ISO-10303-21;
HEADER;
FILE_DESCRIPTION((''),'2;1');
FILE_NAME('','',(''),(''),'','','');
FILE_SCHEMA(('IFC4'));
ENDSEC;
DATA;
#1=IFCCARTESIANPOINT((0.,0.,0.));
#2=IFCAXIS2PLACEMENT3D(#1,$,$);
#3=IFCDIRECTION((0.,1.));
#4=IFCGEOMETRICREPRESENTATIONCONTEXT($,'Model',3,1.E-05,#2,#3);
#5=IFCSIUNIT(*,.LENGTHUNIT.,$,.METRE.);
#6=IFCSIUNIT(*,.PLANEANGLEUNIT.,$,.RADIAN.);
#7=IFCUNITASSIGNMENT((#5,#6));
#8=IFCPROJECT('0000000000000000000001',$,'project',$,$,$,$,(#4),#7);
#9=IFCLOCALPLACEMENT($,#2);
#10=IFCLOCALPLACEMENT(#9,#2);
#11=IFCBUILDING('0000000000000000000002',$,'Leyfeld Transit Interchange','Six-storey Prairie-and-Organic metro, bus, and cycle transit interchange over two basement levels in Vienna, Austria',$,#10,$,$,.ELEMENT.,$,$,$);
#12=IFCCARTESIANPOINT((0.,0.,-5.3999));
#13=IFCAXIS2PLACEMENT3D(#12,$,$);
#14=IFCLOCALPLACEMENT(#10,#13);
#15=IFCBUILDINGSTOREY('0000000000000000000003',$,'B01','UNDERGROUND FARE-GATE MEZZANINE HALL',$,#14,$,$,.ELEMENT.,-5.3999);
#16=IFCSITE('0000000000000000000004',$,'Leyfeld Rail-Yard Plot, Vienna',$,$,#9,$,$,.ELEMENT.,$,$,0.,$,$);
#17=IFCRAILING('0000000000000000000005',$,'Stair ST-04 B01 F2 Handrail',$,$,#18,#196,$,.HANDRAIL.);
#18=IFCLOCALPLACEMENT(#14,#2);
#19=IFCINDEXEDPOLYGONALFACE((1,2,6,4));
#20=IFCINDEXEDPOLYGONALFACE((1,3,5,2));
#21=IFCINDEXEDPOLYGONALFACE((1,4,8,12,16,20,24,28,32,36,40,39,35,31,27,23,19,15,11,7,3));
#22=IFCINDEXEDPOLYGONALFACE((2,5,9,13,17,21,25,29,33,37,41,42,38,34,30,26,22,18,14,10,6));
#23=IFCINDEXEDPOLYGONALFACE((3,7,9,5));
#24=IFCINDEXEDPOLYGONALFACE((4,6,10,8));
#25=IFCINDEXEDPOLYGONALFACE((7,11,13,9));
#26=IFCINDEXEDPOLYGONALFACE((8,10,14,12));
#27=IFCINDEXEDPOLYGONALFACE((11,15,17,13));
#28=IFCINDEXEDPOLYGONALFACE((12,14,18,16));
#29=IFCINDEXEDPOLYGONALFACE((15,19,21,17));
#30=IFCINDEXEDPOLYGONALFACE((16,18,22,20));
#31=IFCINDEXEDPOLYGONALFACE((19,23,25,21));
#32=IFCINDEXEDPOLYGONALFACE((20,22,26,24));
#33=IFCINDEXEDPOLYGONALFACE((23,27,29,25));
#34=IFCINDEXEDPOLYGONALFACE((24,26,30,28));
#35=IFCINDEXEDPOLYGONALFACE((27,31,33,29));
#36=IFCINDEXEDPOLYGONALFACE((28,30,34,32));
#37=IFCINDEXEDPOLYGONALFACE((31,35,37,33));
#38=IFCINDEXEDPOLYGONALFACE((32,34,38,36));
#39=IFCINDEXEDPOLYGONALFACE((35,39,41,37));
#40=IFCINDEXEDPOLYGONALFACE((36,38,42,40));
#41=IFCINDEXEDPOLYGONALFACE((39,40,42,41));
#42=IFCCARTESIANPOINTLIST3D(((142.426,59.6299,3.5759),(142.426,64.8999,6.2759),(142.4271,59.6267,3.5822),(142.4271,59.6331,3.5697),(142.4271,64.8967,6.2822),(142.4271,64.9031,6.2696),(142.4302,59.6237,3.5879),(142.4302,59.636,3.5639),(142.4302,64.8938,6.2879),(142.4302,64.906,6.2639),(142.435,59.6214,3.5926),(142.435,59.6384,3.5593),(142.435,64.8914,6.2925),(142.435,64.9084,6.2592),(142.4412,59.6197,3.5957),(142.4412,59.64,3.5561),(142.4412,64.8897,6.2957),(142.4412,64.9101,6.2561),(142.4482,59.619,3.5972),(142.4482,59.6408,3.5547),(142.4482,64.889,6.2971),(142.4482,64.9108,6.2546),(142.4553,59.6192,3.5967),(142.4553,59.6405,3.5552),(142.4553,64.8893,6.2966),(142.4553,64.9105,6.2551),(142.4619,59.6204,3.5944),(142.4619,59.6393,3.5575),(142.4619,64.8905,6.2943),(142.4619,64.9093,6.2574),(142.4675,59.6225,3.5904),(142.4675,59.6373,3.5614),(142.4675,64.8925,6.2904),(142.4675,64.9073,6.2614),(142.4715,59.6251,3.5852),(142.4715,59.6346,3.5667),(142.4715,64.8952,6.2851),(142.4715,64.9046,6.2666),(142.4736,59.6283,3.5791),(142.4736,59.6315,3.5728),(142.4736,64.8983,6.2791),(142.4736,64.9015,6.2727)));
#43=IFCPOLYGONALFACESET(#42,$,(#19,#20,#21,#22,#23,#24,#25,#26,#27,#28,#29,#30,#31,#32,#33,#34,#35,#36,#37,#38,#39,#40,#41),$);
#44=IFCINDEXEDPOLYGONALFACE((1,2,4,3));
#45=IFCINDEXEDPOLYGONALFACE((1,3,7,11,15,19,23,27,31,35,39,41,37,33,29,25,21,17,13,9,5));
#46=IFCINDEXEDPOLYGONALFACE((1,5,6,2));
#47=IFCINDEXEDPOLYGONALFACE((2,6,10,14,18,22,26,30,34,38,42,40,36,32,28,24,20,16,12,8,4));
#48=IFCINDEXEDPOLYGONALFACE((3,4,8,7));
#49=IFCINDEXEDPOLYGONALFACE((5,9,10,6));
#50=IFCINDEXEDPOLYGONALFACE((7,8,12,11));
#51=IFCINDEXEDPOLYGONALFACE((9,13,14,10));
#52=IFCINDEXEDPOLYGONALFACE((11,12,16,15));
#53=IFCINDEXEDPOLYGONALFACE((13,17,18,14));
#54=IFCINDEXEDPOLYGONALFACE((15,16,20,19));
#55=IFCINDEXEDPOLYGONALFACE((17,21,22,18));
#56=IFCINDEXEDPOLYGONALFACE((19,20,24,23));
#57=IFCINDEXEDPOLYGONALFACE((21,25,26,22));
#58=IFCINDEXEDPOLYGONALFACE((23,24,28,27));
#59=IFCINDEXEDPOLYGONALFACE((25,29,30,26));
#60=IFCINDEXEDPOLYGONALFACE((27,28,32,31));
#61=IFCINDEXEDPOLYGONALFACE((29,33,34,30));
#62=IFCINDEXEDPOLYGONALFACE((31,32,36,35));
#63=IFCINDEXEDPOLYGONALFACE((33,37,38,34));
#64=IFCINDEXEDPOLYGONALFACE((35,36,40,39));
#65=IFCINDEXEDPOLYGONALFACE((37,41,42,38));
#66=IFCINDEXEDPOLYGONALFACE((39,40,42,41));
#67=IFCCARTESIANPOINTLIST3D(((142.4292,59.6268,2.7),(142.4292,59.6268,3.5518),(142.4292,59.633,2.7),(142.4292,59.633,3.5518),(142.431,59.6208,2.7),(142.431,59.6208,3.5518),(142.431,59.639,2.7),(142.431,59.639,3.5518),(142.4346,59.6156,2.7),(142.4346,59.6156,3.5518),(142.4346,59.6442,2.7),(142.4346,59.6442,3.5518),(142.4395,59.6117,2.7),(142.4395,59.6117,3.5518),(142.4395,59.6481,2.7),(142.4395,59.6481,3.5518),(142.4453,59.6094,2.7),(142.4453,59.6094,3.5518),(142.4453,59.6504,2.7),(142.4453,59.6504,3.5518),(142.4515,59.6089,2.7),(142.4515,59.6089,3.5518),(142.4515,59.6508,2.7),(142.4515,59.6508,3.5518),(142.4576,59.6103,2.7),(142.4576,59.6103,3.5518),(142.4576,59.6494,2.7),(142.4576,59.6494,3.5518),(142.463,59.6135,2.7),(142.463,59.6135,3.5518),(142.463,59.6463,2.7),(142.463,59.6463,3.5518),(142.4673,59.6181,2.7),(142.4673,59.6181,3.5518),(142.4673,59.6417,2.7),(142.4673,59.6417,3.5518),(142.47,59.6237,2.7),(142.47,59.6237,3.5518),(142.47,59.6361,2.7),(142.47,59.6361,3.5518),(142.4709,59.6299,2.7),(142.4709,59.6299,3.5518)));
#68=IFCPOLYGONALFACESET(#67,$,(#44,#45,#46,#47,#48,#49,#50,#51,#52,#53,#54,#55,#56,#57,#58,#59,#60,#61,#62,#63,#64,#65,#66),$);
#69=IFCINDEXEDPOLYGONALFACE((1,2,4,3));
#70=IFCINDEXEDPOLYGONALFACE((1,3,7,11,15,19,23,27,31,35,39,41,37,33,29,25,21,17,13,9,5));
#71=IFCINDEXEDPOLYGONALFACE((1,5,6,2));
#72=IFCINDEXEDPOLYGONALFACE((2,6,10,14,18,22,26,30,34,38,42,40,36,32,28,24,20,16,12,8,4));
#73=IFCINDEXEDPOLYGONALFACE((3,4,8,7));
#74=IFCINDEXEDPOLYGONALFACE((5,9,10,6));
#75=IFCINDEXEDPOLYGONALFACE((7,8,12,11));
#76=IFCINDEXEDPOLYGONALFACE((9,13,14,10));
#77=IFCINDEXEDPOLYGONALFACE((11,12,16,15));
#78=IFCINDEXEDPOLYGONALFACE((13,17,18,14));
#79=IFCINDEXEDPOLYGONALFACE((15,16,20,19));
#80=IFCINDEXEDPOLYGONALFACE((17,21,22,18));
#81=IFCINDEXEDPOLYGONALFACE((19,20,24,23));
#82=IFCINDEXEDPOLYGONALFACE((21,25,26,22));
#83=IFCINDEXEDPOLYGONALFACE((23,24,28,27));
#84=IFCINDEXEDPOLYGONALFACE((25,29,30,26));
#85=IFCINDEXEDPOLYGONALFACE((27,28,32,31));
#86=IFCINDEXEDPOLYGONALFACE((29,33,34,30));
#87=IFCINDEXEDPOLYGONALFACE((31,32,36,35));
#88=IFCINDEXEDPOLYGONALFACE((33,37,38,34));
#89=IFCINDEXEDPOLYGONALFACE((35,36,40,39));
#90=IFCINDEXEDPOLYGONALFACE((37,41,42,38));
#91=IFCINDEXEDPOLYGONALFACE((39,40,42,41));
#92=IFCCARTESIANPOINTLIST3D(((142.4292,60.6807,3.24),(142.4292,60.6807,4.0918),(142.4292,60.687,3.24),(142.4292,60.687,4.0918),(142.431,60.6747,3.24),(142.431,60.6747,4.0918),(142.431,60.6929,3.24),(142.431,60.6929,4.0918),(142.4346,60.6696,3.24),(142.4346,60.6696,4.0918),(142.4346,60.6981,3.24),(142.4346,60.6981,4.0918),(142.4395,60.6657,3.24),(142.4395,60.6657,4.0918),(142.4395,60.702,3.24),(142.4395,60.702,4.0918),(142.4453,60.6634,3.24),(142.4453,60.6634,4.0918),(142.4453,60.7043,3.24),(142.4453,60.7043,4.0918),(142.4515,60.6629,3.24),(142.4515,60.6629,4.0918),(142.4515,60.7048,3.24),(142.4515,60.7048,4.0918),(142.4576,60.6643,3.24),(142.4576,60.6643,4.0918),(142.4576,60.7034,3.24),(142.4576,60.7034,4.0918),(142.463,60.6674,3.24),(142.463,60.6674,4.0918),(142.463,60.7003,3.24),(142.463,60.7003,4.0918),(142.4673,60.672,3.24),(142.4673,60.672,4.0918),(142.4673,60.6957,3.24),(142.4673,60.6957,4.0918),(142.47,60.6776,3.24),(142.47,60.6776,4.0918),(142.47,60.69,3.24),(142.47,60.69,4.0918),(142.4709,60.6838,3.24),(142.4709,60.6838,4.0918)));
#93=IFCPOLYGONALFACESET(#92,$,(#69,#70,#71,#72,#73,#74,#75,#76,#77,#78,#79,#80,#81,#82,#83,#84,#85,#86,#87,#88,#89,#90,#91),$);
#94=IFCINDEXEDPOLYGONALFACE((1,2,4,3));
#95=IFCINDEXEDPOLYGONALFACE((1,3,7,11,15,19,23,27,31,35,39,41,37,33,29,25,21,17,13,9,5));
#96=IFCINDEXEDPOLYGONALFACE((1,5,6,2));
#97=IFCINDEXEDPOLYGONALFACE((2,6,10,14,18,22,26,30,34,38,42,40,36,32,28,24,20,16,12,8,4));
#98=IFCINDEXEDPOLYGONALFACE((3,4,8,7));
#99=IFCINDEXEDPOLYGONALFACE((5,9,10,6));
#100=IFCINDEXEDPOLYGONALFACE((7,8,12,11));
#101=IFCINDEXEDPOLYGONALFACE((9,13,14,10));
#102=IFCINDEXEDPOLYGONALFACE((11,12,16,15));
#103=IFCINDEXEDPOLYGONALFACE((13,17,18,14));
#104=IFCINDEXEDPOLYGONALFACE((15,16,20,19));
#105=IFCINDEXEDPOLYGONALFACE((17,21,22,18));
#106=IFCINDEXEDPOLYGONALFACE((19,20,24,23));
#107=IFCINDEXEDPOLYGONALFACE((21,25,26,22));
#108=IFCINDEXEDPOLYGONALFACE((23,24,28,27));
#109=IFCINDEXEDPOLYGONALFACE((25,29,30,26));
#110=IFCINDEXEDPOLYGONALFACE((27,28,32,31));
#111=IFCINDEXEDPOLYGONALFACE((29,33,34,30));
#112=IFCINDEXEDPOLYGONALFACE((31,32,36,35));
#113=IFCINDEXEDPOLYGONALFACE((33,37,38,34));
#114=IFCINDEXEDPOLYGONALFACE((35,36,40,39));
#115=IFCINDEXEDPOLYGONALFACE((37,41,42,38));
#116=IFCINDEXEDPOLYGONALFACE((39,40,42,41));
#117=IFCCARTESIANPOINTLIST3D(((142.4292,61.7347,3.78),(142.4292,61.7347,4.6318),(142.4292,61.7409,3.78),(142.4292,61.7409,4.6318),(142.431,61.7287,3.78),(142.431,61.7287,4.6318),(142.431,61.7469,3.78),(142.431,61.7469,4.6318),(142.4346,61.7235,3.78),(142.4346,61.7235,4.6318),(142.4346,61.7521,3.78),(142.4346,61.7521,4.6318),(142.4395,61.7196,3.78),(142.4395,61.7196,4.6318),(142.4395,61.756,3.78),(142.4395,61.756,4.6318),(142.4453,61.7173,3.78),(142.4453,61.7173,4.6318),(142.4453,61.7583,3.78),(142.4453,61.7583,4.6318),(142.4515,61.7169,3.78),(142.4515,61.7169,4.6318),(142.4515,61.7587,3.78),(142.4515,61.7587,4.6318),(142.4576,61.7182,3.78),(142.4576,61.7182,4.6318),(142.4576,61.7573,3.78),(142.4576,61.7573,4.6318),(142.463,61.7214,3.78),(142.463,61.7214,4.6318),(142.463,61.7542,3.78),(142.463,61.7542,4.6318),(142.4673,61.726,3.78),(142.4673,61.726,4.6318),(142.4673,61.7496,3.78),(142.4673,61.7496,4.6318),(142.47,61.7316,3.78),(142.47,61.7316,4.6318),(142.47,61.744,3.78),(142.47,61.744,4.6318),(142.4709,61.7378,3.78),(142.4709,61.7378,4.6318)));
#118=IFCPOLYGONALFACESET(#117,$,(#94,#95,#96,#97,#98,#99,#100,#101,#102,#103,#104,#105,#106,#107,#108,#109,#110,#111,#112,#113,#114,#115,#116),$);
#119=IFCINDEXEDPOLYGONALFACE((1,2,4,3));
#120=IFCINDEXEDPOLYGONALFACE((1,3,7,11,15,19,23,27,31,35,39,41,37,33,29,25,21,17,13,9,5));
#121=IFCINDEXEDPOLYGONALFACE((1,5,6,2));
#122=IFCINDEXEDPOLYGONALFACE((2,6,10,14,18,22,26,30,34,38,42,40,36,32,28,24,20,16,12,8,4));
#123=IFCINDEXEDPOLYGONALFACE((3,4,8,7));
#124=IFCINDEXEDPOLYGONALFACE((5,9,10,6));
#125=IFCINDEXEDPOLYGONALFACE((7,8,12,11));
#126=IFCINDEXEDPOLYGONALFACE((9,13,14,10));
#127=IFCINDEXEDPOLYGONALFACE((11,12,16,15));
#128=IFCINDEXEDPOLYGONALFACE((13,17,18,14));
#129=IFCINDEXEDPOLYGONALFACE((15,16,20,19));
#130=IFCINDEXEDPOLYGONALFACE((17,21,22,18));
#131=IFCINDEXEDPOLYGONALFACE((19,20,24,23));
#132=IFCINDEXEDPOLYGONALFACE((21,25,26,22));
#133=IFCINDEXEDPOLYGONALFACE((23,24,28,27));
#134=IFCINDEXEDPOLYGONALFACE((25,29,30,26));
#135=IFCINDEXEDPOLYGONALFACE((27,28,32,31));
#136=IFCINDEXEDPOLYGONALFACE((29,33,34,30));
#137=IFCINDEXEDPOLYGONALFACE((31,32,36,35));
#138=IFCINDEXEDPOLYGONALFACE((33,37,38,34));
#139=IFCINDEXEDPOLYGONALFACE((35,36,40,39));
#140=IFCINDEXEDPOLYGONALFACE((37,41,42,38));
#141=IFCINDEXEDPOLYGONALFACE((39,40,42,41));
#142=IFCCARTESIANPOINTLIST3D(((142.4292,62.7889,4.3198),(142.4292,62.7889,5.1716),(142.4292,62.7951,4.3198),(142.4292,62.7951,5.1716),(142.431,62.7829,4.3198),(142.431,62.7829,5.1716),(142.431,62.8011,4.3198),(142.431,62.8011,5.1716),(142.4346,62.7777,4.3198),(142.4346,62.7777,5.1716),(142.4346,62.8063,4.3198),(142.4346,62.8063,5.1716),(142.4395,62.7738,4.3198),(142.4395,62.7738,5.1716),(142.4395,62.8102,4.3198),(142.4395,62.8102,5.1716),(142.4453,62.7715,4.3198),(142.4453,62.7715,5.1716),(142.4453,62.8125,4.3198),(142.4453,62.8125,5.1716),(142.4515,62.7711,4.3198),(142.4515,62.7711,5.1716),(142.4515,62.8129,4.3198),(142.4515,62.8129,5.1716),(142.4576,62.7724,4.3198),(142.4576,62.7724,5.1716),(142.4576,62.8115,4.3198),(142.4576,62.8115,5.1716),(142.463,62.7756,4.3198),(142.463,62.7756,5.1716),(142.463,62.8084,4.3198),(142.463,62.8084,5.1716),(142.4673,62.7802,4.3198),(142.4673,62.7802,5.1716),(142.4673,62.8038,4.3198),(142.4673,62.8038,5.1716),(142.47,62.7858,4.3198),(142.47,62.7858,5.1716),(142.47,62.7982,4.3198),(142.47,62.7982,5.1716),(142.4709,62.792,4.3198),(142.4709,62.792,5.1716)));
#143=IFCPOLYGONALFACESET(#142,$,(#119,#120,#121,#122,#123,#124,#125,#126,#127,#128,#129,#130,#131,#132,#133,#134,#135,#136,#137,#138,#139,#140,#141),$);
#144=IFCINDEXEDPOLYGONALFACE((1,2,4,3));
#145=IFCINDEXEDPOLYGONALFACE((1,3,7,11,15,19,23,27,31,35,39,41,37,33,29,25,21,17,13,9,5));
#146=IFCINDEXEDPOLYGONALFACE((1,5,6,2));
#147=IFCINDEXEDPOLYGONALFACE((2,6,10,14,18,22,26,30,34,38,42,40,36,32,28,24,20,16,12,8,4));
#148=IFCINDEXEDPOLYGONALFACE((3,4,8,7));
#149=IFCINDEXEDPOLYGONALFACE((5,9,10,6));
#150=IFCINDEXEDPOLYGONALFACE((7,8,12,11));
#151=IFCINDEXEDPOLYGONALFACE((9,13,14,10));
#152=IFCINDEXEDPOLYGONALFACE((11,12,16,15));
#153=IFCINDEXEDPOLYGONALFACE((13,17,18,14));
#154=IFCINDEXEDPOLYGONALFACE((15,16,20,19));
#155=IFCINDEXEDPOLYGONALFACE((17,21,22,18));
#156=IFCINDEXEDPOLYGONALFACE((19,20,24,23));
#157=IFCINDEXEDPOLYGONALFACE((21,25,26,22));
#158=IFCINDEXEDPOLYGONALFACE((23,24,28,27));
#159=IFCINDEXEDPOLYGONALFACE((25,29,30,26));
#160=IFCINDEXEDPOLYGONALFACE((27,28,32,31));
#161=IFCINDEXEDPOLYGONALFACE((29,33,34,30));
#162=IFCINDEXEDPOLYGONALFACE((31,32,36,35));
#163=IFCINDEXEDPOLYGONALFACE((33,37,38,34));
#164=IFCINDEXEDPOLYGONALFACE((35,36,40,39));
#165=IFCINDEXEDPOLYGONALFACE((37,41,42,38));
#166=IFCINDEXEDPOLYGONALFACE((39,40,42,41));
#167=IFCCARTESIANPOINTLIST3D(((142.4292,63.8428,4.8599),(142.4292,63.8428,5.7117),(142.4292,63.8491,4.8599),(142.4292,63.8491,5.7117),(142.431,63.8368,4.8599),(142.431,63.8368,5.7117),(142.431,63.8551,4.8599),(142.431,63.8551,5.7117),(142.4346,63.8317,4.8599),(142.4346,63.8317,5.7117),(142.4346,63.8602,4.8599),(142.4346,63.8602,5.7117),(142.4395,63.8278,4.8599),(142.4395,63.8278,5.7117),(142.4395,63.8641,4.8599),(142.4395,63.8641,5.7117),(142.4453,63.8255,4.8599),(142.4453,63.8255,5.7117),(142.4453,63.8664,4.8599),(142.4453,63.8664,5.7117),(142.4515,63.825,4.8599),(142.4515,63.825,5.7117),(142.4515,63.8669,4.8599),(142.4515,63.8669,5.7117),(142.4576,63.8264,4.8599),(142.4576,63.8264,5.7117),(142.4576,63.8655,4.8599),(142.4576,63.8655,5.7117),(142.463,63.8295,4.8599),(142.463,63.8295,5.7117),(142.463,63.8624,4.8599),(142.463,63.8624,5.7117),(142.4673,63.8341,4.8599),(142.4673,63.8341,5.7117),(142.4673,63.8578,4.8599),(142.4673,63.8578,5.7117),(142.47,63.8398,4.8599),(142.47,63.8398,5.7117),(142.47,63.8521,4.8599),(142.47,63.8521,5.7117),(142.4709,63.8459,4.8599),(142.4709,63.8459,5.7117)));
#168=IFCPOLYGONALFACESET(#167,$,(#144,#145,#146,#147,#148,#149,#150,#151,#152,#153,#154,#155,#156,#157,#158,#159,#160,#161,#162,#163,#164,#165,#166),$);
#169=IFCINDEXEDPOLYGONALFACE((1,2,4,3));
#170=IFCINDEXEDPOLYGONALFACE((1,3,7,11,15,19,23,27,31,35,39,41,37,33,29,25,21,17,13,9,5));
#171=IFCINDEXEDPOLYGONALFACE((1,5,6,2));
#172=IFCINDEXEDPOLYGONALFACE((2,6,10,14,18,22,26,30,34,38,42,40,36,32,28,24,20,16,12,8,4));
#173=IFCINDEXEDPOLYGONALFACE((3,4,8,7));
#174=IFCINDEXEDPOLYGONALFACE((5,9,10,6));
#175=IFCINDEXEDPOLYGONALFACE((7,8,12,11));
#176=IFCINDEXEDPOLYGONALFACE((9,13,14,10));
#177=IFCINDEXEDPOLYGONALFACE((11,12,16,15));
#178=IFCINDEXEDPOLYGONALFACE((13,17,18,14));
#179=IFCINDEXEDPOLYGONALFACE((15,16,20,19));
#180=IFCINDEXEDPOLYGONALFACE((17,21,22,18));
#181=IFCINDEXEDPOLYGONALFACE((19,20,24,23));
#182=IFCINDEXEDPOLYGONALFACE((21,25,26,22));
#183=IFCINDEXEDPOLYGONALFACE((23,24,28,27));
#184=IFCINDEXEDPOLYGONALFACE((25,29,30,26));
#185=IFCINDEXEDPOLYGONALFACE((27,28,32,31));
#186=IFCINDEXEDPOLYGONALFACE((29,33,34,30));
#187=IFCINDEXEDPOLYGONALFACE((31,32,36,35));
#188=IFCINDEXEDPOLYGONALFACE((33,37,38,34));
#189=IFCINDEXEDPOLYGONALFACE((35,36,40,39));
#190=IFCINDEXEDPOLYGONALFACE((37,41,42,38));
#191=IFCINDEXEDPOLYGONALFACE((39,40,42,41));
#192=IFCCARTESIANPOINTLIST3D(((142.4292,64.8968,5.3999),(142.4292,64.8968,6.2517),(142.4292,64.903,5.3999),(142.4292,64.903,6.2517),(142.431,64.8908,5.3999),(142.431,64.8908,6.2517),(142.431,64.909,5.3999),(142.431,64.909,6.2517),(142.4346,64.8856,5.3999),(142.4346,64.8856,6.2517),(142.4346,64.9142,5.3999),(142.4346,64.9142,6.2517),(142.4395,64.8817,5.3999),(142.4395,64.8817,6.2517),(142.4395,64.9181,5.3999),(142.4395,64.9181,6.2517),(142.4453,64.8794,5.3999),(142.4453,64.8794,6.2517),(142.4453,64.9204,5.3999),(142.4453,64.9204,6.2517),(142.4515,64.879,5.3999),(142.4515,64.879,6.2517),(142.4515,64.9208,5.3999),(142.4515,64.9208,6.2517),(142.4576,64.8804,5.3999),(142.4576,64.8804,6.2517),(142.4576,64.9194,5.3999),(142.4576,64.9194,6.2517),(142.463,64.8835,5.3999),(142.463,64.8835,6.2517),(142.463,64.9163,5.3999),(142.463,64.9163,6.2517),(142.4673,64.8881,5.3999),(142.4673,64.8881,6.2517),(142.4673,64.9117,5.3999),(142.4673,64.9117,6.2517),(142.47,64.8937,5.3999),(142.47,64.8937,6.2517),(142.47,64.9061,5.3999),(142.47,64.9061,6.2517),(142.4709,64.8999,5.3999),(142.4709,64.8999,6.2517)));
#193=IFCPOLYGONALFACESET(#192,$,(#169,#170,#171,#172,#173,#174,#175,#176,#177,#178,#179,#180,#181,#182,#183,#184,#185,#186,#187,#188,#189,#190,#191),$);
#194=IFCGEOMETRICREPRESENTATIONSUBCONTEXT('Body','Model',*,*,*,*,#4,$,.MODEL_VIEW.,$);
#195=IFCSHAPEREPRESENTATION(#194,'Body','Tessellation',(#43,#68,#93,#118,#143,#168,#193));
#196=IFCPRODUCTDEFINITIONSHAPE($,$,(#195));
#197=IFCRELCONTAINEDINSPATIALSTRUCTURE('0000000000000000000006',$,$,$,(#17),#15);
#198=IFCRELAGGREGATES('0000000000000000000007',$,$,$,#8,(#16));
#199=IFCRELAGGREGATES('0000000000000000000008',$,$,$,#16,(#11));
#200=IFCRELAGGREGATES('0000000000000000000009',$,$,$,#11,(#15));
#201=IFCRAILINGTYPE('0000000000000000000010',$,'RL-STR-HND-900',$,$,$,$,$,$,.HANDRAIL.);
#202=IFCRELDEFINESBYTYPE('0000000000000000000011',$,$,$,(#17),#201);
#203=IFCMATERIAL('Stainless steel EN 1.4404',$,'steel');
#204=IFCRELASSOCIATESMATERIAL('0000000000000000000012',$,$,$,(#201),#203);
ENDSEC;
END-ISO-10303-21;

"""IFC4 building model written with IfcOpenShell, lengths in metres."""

from ifc_helpers import new_model, si_unit, direction, frame, origin, origin_2d, place, context, subcontext, project, spatial, circle, extrude, material, type_object, element, save


model = new_model("IFC4")

# Units and contexts
model_context = context("Model", 3, precision=1e-05, world=origin(), true_north=direction((0.0, 1.0)))
body_context = subcontext(model_context, "Body", "Model", "MODEL_VIEW")
ifc_project = project(units=[si_unit("LENGTHUNIT", "METRE"), si_unit("PLANEANGLEUNIT", "RADIAN")], contexts=[model_context])

# Site, building, storey
site_placement = place(None, origin())
site = spatial("IfcSite", under=ifc_project, at=site_placement, Name="Leyfeld Rail-Yard Plot, Vienna", CompositionType="ELEMENT", RefElevation=0.0)
building_placement = place(site_placement, origin())
building = spatial("IfcBuilding", under=site, at=building_placement, Name="Leyfeld Transit Interchange", Description="Six-storey Prairie-and-Organic metro, bus, and cycle transit interchange over two basement levels in Vienna, Austria", CompositionType="ELEMENT")
storey_placement = place(building_placement, frame((0.0, 0.0, -5.3999)))
storey = spatial("IfcBuildingStorey", under=building, at=storey_placement, Name="B01", Description="UNDERGROUND FARE-GATE MEZZANINE HALL", CompositionType="ELEMENT", Elevation=-5.3999)

# Railing
ifc_material_1 = material(Name="Stainless steel EN 1.4404", Category="steel")
railing_type_1 = type_object("IfcRailingType", Name="RL-STR-HND-900", PredefinedType="HANDRAIL", material=ifc_material_1)
railing_1_placement = place(storey_placement, frame((142.45, 59.6299, 2.7)))
element("IfcRailing", 1, at=railing_1_placement, inside=storey, type_object=railing_type_1, Name="Stair ST-04 B01 F2 Handrail", PredefinedType="HANDRAIL", context=body_context, shape_type="SweptSolid", body=[
    extrude(circle(Radius=0.0239, at=origin_2d()), frame((0.0, 0.0, 0.876), z_axis=(0.0, 0.889997, 0.455966), x_axis=(-1.0, 0.0, 0.0)), (0.0, 0.0, 1.0), 5.9214),
    extrude(circle(Radius=0.021, at=origin_2d()), origin(), (0.0, 0.0, 1.0), 0.8518),
    extrude(circle(Radius=0.021, at=origin_2d()), frame((0.0, 1.054, 0.54)), (0.0, 0.0, 1.0), 0.8518),
    extrude(circle(Radius=0.021, at=origin_2d()), frame((0.0, 2.1079, 1.0801)), (0.0, 0.0, 1.0), 0.8518),
    extrude(circle(Radius=0.021, at=origin_2d()), frame((0.0, 3.1621, 1.6199)), (0.0, 0.0, 1.0), 0.8518),
    extrude(circle(Radius=0.021, at=origin_2d()), frame((0.0, 4.2161, 2.1599)), (0.0, 0.0, 1.0), 0.8518),
    extrude(circle(Radius=0.021, at=origin_2d()), frame((0.0, 5.27, 2.7)), (0.0, 0.0, 1.0), 0.8518),
])

save(model, "model.ifc")
